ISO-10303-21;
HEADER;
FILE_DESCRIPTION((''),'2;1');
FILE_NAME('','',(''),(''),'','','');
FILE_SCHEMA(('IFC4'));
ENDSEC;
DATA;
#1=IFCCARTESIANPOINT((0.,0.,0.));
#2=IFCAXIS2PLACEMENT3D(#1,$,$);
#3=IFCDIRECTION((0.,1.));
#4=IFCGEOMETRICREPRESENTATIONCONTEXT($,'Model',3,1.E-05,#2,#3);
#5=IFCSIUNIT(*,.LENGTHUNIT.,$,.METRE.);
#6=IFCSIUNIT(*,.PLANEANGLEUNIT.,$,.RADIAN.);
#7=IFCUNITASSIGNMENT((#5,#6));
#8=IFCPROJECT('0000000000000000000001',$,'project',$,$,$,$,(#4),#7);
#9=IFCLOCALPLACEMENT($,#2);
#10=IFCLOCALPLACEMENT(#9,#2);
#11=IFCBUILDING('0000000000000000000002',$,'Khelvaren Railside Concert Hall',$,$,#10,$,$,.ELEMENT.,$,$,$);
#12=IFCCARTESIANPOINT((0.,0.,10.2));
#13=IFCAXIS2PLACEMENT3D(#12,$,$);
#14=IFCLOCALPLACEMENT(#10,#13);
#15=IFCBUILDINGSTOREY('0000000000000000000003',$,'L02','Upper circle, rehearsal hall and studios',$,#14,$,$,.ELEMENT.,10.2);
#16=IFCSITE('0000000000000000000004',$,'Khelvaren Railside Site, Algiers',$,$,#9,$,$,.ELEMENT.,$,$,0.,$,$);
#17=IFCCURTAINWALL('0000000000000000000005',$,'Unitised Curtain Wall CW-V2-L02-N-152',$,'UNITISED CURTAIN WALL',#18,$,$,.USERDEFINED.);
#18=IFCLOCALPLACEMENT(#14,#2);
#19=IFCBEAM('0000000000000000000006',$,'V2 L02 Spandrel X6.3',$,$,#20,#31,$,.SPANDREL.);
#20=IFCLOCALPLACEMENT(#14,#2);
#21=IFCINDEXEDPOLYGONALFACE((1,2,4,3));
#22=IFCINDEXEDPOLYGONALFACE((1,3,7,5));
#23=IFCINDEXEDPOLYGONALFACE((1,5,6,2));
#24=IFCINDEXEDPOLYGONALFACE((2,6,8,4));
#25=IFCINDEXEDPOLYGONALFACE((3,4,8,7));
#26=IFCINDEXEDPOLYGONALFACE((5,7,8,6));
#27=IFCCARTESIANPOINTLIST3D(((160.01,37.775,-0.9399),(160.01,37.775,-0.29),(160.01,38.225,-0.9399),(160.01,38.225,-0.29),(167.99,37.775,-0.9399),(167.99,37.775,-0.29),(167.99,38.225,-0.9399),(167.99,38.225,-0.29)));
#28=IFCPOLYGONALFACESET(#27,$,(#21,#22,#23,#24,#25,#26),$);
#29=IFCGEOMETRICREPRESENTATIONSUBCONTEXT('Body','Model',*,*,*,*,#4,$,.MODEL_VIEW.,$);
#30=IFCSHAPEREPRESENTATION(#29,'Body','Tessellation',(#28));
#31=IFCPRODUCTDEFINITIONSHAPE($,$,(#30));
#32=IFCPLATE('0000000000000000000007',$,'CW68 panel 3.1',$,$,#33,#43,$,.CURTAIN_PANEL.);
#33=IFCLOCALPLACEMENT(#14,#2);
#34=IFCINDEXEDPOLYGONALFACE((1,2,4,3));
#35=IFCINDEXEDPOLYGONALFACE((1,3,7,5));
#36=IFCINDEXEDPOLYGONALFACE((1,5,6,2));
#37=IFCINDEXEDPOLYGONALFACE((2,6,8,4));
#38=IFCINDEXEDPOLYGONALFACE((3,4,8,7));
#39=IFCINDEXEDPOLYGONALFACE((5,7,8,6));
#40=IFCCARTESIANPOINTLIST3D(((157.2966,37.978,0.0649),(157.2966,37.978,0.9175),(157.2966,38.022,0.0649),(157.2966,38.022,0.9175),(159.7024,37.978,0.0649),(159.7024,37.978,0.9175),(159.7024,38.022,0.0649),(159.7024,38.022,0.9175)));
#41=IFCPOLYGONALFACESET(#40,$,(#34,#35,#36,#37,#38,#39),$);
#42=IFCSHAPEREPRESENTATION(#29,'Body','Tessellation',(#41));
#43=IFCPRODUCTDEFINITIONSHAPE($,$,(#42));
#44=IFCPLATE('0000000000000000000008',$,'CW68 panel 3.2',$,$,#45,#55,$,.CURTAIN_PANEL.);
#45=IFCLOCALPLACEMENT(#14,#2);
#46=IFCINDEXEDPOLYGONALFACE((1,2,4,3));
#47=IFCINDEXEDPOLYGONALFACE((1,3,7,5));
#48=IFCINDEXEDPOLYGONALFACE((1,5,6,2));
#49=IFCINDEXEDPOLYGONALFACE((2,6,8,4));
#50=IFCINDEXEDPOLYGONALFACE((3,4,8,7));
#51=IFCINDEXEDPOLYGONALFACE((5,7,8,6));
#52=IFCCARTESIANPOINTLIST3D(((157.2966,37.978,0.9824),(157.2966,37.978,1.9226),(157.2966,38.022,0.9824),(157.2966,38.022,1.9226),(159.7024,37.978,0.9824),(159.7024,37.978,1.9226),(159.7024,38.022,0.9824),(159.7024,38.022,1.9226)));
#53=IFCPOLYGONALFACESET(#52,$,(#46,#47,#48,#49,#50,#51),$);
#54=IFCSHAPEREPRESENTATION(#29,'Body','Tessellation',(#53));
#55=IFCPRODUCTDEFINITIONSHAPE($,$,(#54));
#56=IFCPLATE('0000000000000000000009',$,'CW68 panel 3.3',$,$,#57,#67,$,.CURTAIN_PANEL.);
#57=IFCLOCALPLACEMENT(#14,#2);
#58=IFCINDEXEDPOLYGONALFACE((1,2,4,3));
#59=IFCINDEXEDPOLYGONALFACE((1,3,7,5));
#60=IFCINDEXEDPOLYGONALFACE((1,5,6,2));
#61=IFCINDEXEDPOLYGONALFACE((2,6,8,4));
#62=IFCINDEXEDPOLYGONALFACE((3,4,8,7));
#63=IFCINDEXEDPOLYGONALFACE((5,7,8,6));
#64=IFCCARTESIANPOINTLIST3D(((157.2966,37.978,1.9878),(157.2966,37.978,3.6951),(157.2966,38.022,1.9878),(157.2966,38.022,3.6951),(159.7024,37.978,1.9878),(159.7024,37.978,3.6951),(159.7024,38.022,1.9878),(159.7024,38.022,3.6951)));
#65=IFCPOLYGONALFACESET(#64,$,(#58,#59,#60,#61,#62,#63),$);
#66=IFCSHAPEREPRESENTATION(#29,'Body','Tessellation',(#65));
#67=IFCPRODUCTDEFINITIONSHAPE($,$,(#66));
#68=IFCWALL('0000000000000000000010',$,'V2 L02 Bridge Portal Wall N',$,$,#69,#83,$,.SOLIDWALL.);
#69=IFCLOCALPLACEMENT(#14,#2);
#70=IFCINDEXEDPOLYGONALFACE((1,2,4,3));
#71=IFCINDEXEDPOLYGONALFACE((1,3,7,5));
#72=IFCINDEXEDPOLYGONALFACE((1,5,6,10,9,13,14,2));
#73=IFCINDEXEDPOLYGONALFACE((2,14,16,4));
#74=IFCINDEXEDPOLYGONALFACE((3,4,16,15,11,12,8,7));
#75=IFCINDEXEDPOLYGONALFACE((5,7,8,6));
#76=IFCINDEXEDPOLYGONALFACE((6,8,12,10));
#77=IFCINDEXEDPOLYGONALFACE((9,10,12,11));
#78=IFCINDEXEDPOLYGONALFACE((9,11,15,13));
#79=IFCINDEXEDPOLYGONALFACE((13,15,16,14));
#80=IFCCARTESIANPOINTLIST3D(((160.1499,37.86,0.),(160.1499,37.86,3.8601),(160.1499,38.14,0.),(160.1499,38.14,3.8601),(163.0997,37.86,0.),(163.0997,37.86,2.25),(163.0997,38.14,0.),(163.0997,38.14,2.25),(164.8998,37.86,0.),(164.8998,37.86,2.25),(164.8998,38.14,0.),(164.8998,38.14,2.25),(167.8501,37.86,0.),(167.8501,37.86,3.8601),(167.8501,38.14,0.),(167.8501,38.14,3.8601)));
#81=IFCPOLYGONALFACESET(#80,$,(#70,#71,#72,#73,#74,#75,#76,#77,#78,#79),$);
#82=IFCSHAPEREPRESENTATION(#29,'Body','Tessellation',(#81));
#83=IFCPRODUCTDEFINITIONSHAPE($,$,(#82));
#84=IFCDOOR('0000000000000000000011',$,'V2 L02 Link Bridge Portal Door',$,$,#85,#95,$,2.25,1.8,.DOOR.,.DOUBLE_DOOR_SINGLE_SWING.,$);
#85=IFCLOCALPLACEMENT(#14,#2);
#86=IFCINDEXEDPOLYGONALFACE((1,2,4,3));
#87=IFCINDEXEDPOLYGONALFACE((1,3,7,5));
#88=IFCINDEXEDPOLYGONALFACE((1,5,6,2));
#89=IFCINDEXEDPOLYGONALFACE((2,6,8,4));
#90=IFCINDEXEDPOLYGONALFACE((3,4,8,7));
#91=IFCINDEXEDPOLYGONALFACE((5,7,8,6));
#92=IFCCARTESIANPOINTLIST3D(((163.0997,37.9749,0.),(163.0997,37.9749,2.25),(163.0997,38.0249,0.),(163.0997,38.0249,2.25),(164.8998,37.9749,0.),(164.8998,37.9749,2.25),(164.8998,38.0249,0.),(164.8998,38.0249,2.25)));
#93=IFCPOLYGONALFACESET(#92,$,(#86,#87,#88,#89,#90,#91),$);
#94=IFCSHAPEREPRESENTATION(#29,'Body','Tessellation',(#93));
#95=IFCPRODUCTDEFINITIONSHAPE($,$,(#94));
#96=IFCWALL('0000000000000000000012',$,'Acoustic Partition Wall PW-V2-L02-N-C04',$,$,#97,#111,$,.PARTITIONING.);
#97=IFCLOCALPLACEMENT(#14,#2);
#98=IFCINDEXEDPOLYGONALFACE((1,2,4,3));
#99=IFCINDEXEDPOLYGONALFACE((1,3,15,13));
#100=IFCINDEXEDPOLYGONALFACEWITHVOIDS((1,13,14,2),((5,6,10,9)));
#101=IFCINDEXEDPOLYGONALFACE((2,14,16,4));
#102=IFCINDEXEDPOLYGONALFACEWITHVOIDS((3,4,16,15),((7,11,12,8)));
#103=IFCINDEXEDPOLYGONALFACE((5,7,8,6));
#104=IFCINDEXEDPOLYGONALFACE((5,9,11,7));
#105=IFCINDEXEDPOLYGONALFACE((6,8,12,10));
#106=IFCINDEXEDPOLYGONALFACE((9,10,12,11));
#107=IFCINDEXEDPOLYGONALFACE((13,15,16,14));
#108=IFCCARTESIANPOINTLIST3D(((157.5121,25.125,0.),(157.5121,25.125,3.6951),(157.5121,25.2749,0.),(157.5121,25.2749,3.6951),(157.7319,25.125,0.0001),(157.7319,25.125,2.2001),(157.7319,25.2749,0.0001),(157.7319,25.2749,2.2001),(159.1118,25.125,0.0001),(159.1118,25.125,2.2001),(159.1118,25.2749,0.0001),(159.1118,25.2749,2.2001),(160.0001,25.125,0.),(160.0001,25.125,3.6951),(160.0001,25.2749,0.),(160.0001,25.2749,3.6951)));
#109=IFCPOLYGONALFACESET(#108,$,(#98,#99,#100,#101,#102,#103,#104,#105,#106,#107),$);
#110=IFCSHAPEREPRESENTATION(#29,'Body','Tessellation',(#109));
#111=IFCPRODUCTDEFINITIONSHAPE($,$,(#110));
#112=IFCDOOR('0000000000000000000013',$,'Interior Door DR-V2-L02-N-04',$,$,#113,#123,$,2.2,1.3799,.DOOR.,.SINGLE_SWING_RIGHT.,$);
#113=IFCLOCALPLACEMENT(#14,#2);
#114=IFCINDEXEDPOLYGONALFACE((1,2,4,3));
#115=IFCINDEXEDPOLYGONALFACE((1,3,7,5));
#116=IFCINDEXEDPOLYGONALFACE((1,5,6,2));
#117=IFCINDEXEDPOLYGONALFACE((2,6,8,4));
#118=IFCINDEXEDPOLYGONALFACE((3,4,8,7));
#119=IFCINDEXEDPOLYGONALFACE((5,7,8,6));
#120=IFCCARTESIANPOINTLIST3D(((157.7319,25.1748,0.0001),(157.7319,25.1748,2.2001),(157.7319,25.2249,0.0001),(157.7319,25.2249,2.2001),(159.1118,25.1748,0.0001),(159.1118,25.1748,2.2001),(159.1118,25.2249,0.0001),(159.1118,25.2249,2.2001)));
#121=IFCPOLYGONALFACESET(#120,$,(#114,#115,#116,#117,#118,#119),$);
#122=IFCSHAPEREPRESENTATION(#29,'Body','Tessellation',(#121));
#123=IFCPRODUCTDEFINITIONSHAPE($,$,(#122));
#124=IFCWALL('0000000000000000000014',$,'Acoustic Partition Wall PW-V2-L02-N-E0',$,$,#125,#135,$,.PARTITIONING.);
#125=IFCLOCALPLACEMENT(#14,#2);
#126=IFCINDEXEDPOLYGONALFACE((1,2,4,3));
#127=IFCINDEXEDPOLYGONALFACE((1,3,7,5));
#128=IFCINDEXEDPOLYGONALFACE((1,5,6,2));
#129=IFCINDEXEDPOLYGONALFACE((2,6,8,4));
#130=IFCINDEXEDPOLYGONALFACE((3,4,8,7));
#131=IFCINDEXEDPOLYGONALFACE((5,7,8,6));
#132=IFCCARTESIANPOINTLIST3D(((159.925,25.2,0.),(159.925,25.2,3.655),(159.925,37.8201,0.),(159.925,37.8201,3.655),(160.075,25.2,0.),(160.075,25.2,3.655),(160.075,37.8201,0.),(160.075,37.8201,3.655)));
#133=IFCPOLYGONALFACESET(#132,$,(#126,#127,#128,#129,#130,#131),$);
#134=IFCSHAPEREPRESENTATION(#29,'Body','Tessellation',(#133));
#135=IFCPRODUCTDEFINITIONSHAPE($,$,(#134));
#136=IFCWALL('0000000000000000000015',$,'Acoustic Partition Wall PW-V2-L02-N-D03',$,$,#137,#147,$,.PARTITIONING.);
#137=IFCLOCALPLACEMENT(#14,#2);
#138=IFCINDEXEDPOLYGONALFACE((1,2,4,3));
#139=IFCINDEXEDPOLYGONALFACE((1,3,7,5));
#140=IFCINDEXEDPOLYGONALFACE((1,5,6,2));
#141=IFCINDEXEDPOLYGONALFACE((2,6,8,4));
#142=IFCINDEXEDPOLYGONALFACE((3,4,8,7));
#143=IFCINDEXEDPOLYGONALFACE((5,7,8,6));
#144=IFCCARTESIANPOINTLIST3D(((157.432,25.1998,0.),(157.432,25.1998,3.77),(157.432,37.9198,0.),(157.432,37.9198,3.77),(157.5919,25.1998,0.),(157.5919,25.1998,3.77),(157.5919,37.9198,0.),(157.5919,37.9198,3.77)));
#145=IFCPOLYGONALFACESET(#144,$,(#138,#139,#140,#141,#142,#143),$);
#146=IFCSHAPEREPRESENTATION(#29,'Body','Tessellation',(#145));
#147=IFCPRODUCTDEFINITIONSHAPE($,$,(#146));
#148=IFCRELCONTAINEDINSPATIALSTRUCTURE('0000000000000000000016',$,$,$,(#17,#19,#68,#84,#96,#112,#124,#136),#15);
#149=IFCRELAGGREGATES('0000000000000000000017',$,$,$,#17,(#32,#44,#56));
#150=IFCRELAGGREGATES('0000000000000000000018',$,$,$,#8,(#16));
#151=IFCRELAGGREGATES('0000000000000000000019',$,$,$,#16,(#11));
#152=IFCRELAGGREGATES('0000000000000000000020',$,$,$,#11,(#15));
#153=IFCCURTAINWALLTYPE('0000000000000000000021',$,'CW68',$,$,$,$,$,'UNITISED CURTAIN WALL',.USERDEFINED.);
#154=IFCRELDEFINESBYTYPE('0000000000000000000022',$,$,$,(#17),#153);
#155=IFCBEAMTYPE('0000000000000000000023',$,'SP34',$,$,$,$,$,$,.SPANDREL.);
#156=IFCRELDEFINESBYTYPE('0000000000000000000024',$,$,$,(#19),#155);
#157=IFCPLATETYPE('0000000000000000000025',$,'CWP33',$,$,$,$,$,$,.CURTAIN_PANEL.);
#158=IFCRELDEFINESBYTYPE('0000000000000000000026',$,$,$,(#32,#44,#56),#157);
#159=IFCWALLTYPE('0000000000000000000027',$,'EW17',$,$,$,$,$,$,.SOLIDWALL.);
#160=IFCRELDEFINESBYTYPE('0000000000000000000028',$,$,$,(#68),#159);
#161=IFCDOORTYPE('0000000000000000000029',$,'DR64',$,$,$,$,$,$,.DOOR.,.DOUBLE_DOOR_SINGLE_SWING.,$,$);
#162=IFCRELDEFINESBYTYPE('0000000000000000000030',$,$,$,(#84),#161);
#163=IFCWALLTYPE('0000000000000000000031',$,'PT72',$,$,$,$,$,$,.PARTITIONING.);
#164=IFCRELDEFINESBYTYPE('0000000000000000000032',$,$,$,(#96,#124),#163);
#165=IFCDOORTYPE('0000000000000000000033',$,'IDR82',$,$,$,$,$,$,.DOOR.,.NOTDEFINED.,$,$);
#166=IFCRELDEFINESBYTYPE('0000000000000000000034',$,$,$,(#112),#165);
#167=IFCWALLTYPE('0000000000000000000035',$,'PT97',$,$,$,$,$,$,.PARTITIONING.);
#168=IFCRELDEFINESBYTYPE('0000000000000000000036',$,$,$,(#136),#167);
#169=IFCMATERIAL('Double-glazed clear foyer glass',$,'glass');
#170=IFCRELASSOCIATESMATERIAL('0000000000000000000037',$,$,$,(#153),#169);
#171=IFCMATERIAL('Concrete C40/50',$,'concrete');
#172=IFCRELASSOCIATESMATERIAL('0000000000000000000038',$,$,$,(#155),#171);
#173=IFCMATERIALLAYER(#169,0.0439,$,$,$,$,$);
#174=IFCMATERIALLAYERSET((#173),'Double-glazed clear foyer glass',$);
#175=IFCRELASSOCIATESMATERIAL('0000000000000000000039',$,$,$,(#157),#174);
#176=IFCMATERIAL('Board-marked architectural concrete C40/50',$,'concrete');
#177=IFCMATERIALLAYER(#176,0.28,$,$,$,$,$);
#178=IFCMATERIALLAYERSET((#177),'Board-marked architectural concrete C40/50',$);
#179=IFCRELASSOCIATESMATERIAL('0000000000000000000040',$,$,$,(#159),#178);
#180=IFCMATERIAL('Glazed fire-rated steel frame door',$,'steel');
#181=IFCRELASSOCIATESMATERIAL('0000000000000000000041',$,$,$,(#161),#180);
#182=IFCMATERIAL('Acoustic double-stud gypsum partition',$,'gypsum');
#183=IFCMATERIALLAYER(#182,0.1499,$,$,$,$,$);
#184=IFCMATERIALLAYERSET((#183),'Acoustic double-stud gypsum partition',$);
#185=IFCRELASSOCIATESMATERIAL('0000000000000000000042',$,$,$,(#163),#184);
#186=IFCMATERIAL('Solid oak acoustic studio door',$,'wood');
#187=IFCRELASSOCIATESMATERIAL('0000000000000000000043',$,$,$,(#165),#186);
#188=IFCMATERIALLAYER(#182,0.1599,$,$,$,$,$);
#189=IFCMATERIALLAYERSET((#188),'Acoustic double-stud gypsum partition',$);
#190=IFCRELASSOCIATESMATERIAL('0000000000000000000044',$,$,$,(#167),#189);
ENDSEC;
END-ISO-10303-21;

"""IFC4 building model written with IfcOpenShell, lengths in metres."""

from ifc_helpers import new_model, si_unit, direction, frame, frame_2d, origin, origin_2d, place, context, subcontext, project, spatial, rectangle, extrude, material, layer, layer_set, material_profile, profile_set, type_object, element, fill, aggregate, save


model = new_model("IFC4")

# Units and contexts
model_context = context("Model", 3, precision=1e-05, world=origin(), true_north=direction((0.0, 1.0)))
body_context = subcontext(model_context, "Body", "Model", "MODEL_VIEW")
ifc_project = project(units=[si_unit("LENGTHUNIT", "METRE"), si_unit("PLANEANGLEUNIT", "RADIAN")], contexts=[model_context])

# Site, building, storey
site_placement = place(None, origin())
site = spatial("IfcSite", under=ifc_project, at=site_placement, Name="Khelvaren Railside Site, Algiers", CompositionType="ELEMENT", RefElevation=0.0)
building_placement = place(site_placement, origin())
building = spatial("IfcBuilding", under=site, at=building_placement, Name="Khelvaren Railside Concert Hall", CompositionType="ELEMENT")
storey_placement = place(building_placement, frame((0.0, 0.0, 10.2)))
storey = spatial("IfcBuildingStorey", under=building, at=storey_placement, Name="L02", Description="Upper circle, rehearsal hall and studios", CompositionType="ELEMENT", Elevation=10.2)

# Shared definitions
ifc_material_1 = material(Name="Concrete C40/50", Category="concrete")

# Curtain wall
ifc_material_2 = material(Name="Double-glazed clear foyer glass", Category="glass")
curtain_wall_type = type_object("IfcCurtainWallType", Name="CW68", ElementType="UNITISED CURTAIN WALL", PredefinedType="USERDEFINED", material=ifc_material_2)
curtain_wall_placement = place(storey_placement, origin())
curtain_wall = element("IfcCurtainWall", 1, at=curtain_wall_placement, inside=storey, type_object=curtain_wall_type, Name="Unitised Curtain Wall CW-V2-L02-N-152", ObjectType="UNITISED CURTAIN WALL", PredefinedType="USERDEFINED")

# Beam
ifc_material_profile_1 = material_profile(ifc_material_1, rectangle(XDim=0.45, YDim=0.6499, at=origin_2d()), Name="RCB 450x650")
ifc_profile_set_1 = profile_set([ifc_material_profile_1], Name="Concrete C40/50")
beam_type_1 = type_object("IfcBeamType", Name="SP34", PredefinedType="SPANDREL", material=ifc_profile_set_1)
beam_1_placement = place(storey_placement, frame((160.01, 38.0, -0.615), z_axis=(1.0, 0.0, 0.0), x_axis=(0.0, 1.0, 0.0)))
element("IfcBeam", 2, at=beam_1_placement, inside=storey, type_object=beam_type_1, Name="V2 L02 Spandrel X6.3", PredefinedType="SPANDREL", context=body_context, shape_type="SweptSolid", body=[
    extrude(rectangle(XDim=0.45, YDim=0.6499, at=origin_2d()), origin(), (0.0, 0.0, 1.0), 7.98),
])

# Plates
ifc_layer_1 = layer(ifc_material_2, 0.0439)
ifc_layer_set_1 = layer_set([ifc_layer_1], Name="Double-glazed clear foyer glass")
plate_type = type_object("IfcPlateType", Name="CWP33", PredefinedType="CURTAIN_PANEL", material=ifc_layer_set_1)
plate_1_placement = place(storey_placement, frame((158.4995, 38.0, 0.0649), z_axis=(0.0, 0.0, 1.0), x_axis=(1.0, 0.0, 0.0)))
plate_1 = element("IfcPlate", 3, at=plate_1_placement, type_object=plate_type, Name="CW68 panel 3.1", PredefinedType="CURTAIN_PANEL", context=body_context, shape_type="SweptSolid", body=[
    extrude(rectangle(XDim=2.4058, YDim=0.0439, at=origin_2d()), origin(), (0.0, 0.0, 1.0), 0.8525),
])
plate_2_placement = place(storey_placement, frame((158.4995, 38.0, 0.9824), z_axis=(0.0, 0.0, 1.0), x_axis=(1.0, 0.0, 0.0)))
plate_2 = element("IfcPlate", 4, at=plate_2_placement, type_object=plate_type, Name="CW68 panel 3.2", PredefinedType="CURTAIN_PANEL", context=body_context, shape_type="SweptSolid", body=[
    extrude(rectangle(XDim=2.4058, YDim=0.0439, at=origin_2d()), origin(), (0.0, 0.0, 1.0), 0.9402),
])
plate_3_placement = place(storey_placement, frame((158.4995, 38.0, 1.9878), z_axis=(0.0, 0.0, 1.0), x_axis=(1.0, 0.0, 0.0)))
plate_3 = element("IfcPlate", 5, at=plate_3_placement, type_object=plate_type, Name="CW68 panel 3.3", PredefinedType="CURTAIN_PANEL", context=body_context, shape_type="SweptSolid", body=[
    extrude(rectangle(XDim=2.4058, YDim=0.0439, at=origin_2d()), origin(), (0.0, 0.0, 1.0), 1.7073),
])
aggregate(curtain_wall, [plate_1, plate_2, plate_3])

# Walls, openings, doors
ifc_material_3 = material(Name="Board-marked architectural concrete C40/50", Category="concrete")
ifc_layer_2 = layer(ifc_material_3, 0.28)
ifc_layer_set_2 = layer_set([ifc_layer_2], Name="Board-marked architectural concrete C40/50")
wall_type_1 = type_object("IfcWallType", Name="EW17", PredefinedType="SOLIDWALL", material=ifc_layer_set_2)
wall_1_placement = place(storey_placement, frame((160.1499, 38.0, 0.0), z_axis=(0.0, 0.0, 1.0), x_axis=(1.0, 0.0, 0.0)))
wall_1 = element("IfcWall", 6, at=wall_1_placement, inside=storey, type_object=wall_type_1, Name="V2 L02 Bridge Portal Wall N", PredefinedType="SOLIDWALL", context=body_context, shape_type="SweptSolid", body=[
    extrude(rectangle(XDim=7.7002, YDim=0.28, at=frame_2d((3.8501, 0.0))), origin(), (0.0, 0.0, 1.0), 3.8601),
])
opening_1_placement = place(wall_1_placement, frame((2.95, 0.0, 0.0)))
opening_1 = element("IfcOpeningElement", 7, at=opening_1_placement, cuts=wall_1, PredefinedType="OPENING", context=body_context, shape_type="SweptSolid", body=[
    extrude(rectangle(XDim=1.8, YDim=2.25, at=frame_2d((0.8999, 1.125))), frame((0.0, 0.1499, 0.0), z_axis=(0.0, -1.0, 0.0), x_axis=(1.0, 0.0, 0.0)), (0.0, 0.0, 1.0), 0.3),
])
ifc_material_4 = material(Name="Glazed fire-rated steel frame door", Category="steel")
door_type_1 = type_object("IfcDoorType", Name="DR64", OperationType="DOUBLE_DOOR_SINGLE_SWING", PredefinedType="DOOR", material=ifc_material_4)
door_1_placement = place(opening_1_placement, origin())
door_1 = element("IfcDoor", 8, at=door_1_placement, inside=storey, type_object=door_type_1, Name="V2 L02 Link Bridge Portal Door", OperationType="DOUBLE_DOOR_SINGLE_SWING", OverallHeight=2.25, OverallWidth=1.8, PredefinedType="DOOR", context=body_context, shape_type="SweptSolid", body=[
    extrude(rectangle(XDim=1.8, YDim=2.25, at=frame_2d((0.8999, 1.125))), frame((0.0, 0.0249, 0.0), z_axis=(0.0, -1.0, 0.0), x_axis=(1.0, 0.0, 0.0)), (0.0, 0.0, 1.0), 0.05),
])
fill(opening_1, door_1)
ifc_material_5 = material(Name="Acoustic double-stud gypsum partition", Category="gypsum")
ifc_layer_3 = layer(ifc_material_5, 0.1499)
ifc_layer_set_3 = layer_set([ifc_layer_3], Name="Acoustic double-stud gypsum partition")
wall_type_2 = type_object("IfcWallType", Name="PT72", PredefinedType="PARTITIONING", material=ifc_layer_set_3)
wall_2_placement = place(storey_placement, frame((157.512, 25.2, 0.0), z_axis=(0.0, 0.0, 1.0), x_axis=(1.0, 0.0, 0.0)))
wall_2 = element("IfcWall", 9, at=wall_2_placement, inside=storey, type_object=wall_type_2, Name="Acoustic Partition Wall PW-V2-L02-N-C04", PredefinedType="PARTITIONING", context=body_context, shape_type="SweptSolid", body=[
    extrude(rectangle(XDim=2.488, YDim=0.1499, at=frame_2d((1.2441, 0.0))), origin(), (0.0, 0.0, 1.0), 3.6951),
])
opening_2_placement = place(wall_2_placement, frame((0.22, 0.0, 0.0)))
opening_2 = element("IfcOpeningElement", 10, at=opening_2_placement, cuts=wall_2, PredefinedType="OPENING", context=body_context, shape_type="SweptSolid", body=[
    extrude(rectangle(XDim=1.3799, YDim=2.2, at=frame_2d((0.6899, 1.1001))), frame((0.0, 0.085, 0.0), z_axis=(0.0, -1.0, 0.0), x_axis=(1.0, 0.0, 0.0)), (0.0, 0.0, 1.0), 0.1699),
])
ifc_material_6 = material(Name="Solid oak acoustic studio door", Category="wood")
door_type_2 = type_object("IfcDoorType", Name="IDR82", OperationType="NOTDEFINED", PredefinedType="DOOR", material=ifc_material_6)
door_2_placement = place(opening_2_placement, origin())
door_2 = element("IfcDoor", 11, at=door_2_placement, inside=storey, type_object=door_type_2, Name="Interior Door DR-V2-L02-N-04", OperationType="SINGLE_SWING_RIGHT", OverallHeight=2.2, OverallWidth=1.3799, PredefinedType="DOOR", context=body_context, shape_type="SweptSolid", body=[
    extrude(rectangle(XDim=1.3799, YDim=2.2, at=frame_2d((0.6899, 1.1001))), frame((0.0, 0.0249, 0.0), z_axis=(0.0, -1.0, 0.0), x_axis=(1.0, 0.0, 0.0)), (0.0, 0.0, 1.0), 0.05),
])
fill(opening_2, door_2)

# Walls
wall_3_placement = place(storey_placement, frame((160.0, 25.2, 0.0), z_axis=(0.0, 0.0, 1.0), x_axis=(0.0, 1.0, 0.0)))
element("IfcWall", 12, at=wall_3_placement, inside=storey, type_object=wall_type_2, Name="Acoustic Partition Wall PW-V2-L02-N-E0", PredefinedType="PARTITIONING", context=body_context, shape_type="SweptSolid", body=[
    extrude(rectangle(XDim=12.6201, YDim=0.1499, at=frame_2d((6.3101, 0.0))), origin(), (0.0, 0.0, 1.0), 3.655),
])
ifc_layer_4 = layer(ifc_material_5, 0.1599)
ifc_layer_set_4 = layer_set([ifc_layer_4], Name="Acoustic double-stud gypsum partition")
wall_type_3 = type_object("IfcWallType", Name="PT97", PredefinedType="PARTITIONING", material=ifc_layer_set_4)
wall_4_placement = place(storey_placement, frame((157.512, 25.2, 0.0), z_axis=(0.0, 0.0, 1.0), x_axis=(0.0, 1.0, 0.0)))
element("IfcWall", 13, at=wall_4_placement, inside=storey, type_object=wall_type_3, Name="Acoustic Partition Wall PW-V2-L02-N-D03", PredefinedType="PARTITIONING", context=body_context, shape_type="SweptSolid", body=[
    extrude(rectangle(XDim=12.72, YDim=0.1599, at=frame_2d((6.3599, 0.0))), origin(), (0.0, 0.0, 1.0), 3.77),
])

save(model, "model.ifc")
